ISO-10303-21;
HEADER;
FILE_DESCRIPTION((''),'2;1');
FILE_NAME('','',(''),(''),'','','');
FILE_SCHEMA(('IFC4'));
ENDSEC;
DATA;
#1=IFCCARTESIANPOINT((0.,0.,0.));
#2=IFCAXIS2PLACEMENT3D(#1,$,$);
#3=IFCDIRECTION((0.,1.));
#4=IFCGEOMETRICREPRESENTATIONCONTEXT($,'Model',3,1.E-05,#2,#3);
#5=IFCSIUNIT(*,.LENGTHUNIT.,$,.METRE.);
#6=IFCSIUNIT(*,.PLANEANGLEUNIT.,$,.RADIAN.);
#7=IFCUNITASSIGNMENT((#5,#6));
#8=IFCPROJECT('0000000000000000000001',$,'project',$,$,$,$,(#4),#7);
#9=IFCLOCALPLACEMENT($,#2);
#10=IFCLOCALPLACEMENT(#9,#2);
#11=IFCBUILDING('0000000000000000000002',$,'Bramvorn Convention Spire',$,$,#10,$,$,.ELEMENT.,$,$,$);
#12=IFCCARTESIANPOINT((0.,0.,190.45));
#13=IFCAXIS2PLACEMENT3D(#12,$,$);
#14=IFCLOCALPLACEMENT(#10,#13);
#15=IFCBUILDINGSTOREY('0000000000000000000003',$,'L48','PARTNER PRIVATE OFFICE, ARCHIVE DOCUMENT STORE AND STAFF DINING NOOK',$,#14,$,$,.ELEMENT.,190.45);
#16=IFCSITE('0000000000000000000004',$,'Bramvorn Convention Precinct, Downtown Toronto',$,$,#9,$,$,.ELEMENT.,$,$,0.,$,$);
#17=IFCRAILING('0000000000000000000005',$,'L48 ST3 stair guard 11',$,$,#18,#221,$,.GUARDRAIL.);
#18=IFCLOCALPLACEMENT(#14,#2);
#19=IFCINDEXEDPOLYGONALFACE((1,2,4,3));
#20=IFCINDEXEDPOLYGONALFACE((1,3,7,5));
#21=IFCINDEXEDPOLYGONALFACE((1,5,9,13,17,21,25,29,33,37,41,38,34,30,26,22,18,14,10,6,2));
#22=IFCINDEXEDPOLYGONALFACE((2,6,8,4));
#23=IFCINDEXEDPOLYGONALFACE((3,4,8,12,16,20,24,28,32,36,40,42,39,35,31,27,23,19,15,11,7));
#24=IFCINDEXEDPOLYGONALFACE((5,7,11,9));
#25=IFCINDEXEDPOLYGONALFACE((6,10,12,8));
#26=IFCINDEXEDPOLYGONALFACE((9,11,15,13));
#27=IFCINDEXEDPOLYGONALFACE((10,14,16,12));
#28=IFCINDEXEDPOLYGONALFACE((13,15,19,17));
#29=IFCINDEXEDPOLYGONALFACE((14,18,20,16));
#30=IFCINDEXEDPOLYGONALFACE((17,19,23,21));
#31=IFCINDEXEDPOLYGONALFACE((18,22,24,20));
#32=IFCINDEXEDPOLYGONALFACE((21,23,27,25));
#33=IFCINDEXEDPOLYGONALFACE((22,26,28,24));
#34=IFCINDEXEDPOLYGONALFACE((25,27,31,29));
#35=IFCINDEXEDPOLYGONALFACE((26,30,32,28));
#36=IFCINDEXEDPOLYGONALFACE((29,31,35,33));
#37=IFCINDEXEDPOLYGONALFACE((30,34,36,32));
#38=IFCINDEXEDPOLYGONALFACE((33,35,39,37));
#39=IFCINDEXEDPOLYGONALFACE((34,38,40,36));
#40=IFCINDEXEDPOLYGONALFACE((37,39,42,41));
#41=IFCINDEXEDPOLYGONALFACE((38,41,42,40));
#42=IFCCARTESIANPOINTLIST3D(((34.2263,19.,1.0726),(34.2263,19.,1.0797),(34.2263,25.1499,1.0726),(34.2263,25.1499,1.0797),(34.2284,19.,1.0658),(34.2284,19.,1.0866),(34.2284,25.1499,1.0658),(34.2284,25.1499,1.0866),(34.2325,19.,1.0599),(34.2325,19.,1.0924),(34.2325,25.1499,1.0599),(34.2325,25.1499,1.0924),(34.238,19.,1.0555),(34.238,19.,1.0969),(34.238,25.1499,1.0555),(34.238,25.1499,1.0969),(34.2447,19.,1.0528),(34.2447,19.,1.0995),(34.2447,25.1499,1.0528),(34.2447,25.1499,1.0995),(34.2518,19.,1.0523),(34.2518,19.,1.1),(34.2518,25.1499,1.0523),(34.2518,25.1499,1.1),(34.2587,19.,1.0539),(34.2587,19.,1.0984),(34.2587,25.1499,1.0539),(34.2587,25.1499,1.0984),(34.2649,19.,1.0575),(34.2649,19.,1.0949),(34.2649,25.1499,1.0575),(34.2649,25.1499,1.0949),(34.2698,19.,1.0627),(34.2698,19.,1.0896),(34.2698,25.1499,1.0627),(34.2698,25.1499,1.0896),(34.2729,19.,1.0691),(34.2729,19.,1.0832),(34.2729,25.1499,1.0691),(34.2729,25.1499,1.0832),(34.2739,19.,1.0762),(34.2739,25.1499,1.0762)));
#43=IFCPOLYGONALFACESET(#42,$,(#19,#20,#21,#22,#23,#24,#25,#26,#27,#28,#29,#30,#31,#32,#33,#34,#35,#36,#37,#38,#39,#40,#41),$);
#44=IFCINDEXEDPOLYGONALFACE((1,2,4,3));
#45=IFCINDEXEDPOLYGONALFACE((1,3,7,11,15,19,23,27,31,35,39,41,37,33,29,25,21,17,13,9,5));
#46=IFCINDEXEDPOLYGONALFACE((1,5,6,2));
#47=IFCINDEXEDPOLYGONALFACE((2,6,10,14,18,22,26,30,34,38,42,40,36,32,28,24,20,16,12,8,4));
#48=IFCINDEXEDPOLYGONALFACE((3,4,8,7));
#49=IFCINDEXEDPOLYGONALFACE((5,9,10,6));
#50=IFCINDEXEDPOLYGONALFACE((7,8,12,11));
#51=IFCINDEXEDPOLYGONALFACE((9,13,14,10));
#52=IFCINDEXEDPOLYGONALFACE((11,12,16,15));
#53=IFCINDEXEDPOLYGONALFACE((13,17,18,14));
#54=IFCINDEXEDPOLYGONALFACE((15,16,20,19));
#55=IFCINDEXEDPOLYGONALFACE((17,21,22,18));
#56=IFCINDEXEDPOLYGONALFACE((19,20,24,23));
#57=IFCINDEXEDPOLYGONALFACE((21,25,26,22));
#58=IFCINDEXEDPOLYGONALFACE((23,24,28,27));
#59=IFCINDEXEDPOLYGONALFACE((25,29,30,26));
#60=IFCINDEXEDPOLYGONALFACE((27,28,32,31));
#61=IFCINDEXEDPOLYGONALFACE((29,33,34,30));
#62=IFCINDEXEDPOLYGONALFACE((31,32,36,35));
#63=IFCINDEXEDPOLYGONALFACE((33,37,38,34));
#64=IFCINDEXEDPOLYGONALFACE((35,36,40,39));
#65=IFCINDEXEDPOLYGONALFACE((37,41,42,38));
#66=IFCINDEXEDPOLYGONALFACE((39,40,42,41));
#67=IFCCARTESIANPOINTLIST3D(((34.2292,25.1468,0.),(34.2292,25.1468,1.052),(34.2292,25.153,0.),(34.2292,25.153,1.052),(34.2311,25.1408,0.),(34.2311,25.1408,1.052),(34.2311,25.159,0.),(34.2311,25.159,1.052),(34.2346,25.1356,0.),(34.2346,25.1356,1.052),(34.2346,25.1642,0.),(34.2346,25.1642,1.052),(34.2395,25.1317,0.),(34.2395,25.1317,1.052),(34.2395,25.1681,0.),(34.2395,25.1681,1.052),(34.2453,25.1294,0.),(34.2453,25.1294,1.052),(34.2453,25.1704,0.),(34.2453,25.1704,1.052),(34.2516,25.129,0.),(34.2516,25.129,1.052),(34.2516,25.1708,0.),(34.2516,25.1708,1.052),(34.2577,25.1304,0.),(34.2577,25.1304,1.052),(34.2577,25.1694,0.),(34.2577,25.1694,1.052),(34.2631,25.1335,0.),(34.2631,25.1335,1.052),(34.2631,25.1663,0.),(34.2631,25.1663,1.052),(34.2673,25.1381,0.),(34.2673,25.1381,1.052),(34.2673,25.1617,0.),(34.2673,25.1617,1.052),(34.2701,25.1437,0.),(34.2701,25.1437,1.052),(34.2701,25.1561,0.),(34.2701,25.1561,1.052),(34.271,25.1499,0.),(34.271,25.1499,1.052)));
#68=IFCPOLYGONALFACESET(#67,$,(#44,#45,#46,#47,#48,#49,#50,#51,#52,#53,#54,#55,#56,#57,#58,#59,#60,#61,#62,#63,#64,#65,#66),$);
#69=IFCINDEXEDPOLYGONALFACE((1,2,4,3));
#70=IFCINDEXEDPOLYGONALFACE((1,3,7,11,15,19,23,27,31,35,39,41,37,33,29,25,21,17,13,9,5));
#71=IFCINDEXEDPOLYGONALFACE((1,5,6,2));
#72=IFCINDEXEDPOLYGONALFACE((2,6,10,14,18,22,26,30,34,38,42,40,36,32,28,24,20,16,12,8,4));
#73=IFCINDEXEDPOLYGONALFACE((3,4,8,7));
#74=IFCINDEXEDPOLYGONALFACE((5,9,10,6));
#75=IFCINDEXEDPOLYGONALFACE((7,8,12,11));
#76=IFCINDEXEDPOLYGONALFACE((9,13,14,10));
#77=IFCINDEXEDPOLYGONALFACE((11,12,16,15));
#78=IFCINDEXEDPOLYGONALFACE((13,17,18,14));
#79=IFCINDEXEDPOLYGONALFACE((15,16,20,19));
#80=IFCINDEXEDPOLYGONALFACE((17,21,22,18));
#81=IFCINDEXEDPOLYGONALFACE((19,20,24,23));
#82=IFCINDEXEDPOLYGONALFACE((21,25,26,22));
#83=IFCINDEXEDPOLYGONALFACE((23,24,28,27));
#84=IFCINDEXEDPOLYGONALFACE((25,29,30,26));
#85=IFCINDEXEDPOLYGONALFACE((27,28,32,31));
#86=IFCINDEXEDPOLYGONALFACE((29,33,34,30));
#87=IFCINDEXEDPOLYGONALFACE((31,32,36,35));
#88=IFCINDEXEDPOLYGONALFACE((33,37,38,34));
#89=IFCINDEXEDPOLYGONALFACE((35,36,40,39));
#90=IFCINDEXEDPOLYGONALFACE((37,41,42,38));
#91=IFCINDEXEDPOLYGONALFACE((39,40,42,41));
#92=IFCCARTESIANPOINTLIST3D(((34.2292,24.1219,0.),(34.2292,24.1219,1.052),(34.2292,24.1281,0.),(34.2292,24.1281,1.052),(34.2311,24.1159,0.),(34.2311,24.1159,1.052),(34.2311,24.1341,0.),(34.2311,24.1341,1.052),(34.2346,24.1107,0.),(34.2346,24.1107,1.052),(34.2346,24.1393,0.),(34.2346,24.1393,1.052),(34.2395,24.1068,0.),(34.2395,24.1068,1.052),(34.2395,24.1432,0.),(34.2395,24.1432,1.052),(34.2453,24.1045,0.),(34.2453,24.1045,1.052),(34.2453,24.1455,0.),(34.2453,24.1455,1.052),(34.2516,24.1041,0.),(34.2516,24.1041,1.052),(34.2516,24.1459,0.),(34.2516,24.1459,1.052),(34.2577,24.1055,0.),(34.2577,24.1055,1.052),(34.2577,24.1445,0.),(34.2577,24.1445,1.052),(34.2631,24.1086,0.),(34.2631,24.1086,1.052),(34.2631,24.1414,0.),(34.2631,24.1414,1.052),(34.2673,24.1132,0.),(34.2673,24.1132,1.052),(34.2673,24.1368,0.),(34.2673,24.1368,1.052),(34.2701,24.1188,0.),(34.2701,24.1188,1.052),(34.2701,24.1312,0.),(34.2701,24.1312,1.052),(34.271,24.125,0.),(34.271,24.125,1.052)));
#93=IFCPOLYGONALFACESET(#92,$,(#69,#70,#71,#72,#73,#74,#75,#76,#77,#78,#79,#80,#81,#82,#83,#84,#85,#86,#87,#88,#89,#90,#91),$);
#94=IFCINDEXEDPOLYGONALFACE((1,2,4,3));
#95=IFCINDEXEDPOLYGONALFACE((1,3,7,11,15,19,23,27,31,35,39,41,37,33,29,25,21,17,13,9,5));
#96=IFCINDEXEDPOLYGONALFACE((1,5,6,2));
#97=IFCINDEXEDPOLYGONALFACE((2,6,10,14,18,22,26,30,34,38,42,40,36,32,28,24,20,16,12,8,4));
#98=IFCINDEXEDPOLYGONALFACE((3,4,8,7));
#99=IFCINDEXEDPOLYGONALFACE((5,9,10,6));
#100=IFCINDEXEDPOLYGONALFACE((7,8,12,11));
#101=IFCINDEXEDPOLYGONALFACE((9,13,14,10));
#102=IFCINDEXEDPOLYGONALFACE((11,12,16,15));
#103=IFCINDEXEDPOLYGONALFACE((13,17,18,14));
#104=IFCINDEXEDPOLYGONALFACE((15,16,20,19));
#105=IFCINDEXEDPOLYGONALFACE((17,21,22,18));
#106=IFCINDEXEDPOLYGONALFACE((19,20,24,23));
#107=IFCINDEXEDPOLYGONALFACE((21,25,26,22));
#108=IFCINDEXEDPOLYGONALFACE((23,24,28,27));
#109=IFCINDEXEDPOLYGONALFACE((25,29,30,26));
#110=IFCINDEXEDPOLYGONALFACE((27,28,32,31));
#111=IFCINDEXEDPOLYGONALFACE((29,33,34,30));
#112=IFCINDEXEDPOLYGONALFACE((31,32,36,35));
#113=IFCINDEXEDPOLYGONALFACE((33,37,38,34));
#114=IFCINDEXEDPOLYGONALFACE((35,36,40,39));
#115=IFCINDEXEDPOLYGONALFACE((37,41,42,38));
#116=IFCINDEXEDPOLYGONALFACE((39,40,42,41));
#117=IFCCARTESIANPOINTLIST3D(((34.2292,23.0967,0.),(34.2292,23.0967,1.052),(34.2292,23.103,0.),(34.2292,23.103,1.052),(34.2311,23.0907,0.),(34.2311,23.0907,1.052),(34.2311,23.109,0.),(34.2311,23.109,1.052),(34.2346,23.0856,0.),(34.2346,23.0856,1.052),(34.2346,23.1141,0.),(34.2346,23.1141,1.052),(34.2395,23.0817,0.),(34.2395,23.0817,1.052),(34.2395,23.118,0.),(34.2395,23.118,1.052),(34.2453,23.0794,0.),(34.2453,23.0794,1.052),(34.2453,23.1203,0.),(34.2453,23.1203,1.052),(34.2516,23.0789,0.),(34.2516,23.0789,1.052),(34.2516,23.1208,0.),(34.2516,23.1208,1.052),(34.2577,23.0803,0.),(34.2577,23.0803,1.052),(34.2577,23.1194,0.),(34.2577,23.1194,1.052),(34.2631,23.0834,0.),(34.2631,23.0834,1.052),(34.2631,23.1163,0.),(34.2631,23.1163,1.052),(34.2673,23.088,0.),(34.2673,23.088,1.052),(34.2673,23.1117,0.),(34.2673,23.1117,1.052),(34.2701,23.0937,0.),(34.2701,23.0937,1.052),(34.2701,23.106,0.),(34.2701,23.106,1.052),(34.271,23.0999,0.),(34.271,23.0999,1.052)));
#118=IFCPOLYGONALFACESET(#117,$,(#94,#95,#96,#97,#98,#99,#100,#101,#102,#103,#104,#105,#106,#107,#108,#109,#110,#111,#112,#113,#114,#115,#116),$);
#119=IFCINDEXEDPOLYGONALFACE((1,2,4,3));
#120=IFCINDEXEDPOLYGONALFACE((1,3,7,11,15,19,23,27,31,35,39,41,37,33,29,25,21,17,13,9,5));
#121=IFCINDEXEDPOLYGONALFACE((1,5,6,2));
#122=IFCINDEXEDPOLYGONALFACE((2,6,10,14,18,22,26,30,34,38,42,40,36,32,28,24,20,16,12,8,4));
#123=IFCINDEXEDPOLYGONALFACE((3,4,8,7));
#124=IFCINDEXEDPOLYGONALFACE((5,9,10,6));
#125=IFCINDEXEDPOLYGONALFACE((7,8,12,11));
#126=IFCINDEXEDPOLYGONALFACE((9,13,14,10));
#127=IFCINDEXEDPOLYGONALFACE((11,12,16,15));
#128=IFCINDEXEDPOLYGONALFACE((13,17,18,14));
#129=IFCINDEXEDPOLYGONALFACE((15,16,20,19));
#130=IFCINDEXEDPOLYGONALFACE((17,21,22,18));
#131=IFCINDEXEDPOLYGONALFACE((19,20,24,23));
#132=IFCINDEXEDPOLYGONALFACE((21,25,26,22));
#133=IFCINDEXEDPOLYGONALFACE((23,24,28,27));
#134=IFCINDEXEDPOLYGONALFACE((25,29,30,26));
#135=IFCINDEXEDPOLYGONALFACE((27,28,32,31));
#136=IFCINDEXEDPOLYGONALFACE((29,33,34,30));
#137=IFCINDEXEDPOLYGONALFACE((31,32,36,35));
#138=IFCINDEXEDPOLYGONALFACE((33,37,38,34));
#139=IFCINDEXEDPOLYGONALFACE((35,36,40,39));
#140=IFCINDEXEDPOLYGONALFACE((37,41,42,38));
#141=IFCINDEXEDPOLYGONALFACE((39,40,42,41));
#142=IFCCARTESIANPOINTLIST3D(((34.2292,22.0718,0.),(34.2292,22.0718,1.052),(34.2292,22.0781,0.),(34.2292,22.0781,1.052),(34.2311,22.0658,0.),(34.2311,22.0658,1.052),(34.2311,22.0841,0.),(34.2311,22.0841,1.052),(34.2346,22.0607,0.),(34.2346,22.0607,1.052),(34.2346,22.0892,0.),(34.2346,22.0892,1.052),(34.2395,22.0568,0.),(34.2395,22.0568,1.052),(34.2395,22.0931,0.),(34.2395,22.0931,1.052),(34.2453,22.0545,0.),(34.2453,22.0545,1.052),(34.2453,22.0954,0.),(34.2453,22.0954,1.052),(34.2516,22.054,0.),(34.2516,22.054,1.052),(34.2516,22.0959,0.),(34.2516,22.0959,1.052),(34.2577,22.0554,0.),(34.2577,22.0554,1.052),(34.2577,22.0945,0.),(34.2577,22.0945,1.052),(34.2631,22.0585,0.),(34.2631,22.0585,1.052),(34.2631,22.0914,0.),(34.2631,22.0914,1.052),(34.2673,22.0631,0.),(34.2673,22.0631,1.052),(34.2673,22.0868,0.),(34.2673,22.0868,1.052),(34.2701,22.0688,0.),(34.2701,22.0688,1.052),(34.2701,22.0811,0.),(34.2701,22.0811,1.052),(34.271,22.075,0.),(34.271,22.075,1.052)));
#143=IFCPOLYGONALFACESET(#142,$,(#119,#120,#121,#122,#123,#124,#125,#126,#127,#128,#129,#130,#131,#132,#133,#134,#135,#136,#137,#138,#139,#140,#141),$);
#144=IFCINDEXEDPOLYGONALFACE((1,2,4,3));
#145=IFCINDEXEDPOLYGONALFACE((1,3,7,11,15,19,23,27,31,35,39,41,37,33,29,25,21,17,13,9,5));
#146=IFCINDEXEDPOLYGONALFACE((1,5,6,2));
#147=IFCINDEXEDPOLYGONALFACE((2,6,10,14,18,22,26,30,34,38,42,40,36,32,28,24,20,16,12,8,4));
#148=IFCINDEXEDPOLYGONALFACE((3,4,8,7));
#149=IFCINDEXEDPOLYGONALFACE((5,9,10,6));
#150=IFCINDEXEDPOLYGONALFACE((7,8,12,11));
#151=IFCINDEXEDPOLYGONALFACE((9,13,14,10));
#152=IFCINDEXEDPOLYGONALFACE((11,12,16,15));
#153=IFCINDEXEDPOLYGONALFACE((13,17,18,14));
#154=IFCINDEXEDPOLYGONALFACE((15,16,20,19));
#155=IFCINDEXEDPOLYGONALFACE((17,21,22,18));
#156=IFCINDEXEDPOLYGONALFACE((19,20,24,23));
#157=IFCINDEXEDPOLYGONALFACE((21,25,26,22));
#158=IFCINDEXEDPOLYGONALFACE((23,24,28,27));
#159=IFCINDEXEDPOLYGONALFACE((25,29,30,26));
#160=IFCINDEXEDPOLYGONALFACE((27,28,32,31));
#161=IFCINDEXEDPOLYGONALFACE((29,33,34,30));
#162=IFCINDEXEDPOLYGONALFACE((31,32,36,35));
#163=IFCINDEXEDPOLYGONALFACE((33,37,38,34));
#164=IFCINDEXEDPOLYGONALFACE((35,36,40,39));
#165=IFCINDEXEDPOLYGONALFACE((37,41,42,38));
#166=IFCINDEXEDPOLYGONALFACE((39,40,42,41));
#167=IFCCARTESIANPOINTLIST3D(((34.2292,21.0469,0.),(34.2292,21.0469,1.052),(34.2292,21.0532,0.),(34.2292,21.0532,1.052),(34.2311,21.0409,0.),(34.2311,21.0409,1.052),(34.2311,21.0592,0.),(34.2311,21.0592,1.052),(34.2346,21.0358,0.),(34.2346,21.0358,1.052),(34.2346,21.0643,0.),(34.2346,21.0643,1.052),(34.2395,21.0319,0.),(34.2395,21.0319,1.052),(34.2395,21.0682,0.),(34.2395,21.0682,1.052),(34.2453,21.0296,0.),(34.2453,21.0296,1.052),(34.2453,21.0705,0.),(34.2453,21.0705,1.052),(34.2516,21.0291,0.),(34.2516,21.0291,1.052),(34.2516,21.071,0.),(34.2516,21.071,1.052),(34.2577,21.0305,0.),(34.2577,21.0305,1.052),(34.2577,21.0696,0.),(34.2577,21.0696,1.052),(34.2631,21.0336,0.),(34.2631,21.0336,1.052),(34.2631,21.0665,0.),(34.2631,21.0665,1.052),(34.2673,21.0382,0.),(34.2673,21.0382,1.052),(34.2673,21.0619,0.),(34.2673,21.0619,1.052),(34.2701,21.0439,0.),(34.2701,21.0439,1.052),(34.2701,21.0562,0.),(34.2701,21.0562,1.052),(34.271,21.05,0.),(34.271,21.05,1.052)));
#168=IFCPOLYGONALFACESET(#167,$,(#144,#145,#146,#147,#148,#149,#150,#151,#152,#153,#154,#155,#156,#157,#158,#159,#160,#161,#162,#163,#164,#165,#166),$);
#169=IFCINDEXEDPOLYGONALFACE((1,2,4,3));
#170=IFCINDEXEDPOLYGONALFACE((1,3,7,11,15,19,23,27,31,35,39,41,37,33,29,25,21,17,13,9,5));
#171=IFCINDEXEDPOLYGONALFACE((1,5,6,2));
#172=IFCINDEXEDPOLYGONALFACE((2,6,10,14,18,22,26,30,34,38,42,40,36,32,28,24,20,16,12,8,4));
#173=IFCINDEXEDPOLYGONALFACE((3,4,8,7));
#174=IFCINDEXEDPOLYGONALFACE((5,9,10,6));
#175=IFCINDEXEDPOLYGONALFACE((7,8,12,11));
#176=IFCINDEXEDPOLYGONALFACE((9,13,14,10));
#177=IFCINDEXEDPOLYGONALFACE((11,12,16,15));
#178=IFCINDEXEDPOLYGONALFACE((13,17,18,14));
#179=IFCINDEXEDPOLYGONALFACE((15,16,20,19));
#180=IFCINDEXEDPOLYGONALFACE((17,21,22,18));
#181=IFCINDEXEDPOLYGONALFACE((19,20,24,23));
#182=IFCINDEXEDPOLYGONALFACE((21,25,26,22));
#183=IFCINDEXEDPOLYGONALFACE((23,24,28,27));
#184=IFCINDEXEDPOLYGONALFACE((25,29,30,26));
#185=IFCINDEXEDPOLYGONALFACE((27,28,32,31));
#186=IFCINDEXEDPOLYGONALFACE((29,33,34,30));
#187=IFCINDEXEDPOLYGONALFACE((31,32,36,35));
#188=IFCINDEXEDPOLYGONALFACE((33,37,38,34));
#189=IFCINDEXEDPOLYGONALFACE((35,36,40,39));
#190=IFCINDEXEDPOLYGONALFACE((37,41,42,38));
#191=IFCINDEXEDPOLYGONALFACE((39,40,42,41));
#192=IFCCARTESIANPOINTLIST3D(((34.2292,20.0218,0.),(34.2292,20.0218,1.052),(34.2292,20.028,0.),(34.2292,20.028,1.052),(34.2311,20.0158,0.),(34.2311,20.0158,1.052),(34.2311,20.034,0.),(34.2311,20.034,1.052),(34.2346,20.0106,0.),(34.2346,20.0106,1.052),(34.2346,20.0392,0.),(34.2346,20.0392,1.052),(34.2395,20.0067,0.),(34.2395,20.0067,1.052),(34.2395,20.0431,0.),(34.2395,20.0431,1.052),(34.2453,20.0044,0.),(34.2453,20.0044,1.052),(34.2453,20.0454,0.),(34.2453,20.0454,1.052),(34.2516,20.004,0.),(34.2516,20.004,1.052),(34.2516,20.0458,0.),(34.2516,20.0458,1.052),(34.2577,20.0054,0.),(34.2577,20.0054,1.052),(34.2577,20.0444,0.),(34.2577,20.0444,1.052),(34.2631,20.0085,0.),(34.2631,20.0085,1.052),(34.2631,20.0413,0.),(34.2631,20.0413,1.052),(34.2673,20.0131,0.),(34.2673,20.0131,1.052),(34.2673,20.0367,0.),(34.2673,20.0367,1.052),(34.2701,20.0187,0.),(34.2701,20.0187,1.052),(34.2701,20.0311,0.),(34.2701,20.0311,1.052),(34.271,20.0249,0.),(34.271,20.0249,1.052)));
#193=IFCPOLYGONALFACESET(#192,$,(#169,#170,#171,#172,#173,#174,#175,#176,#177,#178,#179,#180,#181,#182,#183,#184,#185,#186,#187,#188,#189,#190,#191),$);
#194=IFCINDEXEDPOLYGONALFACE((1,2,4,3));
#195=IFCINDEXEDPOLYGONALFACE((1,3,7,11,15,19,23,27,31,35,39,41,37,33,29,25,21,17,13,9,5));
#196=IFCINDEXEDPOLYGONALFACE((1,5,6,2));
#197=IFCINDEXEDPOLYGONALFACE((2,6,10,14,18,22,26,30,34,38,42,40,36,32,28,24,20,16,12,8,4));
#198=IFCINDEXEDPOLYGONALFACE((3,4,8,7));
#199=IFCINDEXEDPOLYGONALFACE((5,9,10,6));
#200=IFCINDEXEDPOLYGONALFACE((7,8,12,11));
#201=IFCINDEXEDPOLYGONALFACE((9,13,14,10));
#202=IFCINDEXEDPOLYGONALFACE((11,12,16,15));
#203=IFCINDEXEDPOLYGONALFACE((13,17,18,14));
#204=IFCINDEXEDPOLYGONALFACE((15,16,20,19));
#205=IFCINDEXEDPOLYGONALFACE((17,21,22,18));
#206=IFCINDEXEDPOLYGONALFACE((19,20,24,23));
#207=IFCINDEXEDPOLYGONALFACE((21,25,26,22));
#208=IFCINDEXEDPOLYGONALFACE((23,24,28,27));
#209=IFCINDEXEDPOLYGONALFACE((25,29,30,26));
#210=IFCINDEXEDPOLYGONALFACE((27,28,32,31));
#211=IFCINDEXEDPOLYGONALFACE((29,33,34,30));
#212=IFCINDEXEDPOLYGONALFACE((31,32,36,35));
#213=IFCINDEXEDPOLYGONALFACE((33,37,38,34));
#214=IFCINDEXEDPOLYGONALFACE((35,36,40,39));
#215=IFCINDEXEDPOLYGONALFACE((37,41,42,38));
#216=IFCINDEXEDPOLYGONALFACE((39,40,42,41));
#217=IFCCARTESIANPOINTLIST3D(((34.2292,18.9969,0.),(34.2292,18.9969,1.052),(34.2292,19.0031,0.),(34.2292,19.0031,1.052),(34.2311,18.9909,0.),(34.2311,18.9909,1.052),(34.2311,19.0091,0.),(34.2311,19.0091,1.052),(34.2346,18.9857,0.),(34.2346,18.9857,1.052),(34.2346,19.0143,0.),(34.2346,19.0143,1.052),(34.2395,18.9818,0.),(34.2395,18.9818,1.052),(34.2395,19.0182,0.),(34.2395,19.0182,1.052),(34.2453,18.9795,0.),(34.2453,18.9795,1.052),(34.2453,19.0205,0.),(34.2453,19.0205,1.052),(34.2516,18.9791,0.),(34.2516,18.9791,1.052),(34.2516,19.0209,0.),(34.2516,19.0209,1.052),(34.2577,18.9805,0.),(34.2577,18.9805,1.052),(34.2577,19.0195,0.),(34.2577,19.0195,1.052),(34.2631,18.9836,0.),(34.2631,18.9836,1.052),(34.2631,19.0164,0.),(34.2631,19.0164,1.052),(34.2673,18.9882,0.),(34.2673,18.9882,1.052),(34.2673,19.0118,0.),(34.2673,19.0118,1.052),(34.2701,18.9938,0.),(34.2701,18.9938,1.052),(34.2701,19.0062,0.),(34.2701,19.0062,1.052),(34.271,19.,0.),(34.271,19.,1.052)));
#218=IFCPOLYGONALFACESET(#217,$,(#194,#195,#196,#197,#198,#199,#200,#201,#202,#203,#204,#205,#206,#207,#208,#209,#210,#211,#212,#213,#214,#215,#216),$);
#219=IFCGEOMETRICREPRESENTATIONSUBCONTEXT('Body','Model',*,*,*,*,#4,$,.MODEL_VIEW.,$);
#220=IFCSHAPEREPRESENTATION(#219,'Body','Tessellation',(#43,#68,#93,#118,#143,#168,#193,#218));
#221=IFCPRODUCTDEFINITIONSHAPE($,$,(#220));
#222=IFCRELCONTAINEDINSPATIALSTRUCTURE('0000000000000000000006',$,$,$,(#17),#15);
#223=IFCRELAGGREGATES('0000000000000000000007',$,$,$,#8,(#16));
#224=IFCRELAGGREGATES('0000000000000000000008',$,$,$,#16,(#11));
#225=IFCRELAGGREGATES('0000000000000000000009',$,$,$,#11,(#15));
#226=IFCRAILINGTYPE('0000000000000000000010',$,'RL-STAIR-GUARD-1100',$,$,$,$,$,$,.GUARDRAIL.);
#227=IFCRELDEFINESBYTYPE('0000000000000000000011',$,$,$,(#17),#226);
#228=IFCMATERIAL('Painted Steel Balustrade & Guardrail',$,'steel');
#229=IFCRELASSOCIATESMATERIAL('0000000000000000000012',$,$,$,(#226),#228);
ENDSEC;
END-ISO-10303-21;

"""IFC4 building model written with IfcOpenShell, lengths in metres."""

from ifc_helpers import new_model, si_unit, direction, frame, origin, origin_2d, place, context, subcontext, project, spatial, circle, extrude, material, type_object, element, save


model = new_model("IFC4")

# Units and contexts
model_context = context("Model", 3, precision=1e-05, world=origin(), true_north=direction((0.0, 1.0)))
body_context = subcontext(model_context, "Body", "Model", "MODEL_VIEW")
ifc_project = project(units=[si_unit("LENGTHUNIT", "METRE"), si_unit("PLANEANGLEUNIT", "RADIAN")], contexts=[model_context])

# Site, building, storey
site_placement = place(None, origin())
site = spatial("IfcSite", under=ifc_project, at=site_placement, Name="Bramvorn Convention Precinct, Downtown Toronto", CompositionType="ELEMENT", RefElevation=0.0)
building_placement = place(site_placement, origin())
building = spatial("IfcBuilding", under=site, at=building_placement, Name="Bramvorn Convention Spire", CompositionType="ELEMENT")
storey_placement = place(building_placement, frame((0.0, 0.0, 190.45)))
storey = spatial("IfcBuildingStorey", under=building, at=storey_placement, Name="L48", Description="PARTNER PRIVATE OFFICE, ARCHIVE DOCUMENT STORE AND STAFF DINING NOOK", CompositionType="ELEMENT", Elevation=190.45)

# Railing
ifc_material_1 = material(Name="Painted Steel Balustrade & Guardrail", Category="steel")
railing_type_1 = type_object("IfcRailingType", Name="RL-STAIR-GUARD-1100", PredefinedType="GUARDRAIL", material=ifc_material_1)
railing_1_placement = place(storey_placement, frame((34.25, 25.1499, 0.0)))
element("IfcRailing", 1, at=railing_1_placement, inside=storey, type_object=railing_type_1, Name="L48 ST3 stair guard 11", PredefinedType="GUARDRAIL", context=body_context, shape_type="SweptSolid", body=[
    extrude(circle(Radius=0.0239, at=origin_2d()), frame((0.0, 0.0, 1.0762), z_axis=(0.0, -1.0, 0.0), x_axis=(1.0, 0.0, 0.0)), (0.0, 0.0, 1.0), 6.1499),
    extrude(circle(Radius=0.021, at=origin_2d()), origin(), (0.0, 0.0, 1.0), 1.052),
    extrude(circle(Radius=0.021, at=origin_2d()), frame((0.0, -1.0249, 0.0)), (0.0, 0.0, 1.0), 1.052),
    extrude(circle(Radius=0.021, at=origin_2d()), frame((0.0, -2.05, 0.0)), (0.0, 0.0, 1.0), 1.052),
    extrude(circle(Radius=0.021, at=origin_2d()), frame((0.0, -3.075, 0.0)), (0.0, 0.0, 1.0), 1.052),
    extrude(circle(Radius=0.021, at=origin_2d()), frame((0.0, -4.0999, 0.0)), (0.0, 0.0, 1.0), 1.052),
    extrude(circle(Radius=0.021, at=origin_2d()), frame((0.0, -5.125, 0.0)), (0.0, 0.0, 1.0), 1.052),
    extrude(circle(Radius=0.021, at=origin_2d()), frame((0.0, -6.1499, 0.0)), (0.0, 0.0, 1.0), 1.052),
])

save(model, "model.ifc")
